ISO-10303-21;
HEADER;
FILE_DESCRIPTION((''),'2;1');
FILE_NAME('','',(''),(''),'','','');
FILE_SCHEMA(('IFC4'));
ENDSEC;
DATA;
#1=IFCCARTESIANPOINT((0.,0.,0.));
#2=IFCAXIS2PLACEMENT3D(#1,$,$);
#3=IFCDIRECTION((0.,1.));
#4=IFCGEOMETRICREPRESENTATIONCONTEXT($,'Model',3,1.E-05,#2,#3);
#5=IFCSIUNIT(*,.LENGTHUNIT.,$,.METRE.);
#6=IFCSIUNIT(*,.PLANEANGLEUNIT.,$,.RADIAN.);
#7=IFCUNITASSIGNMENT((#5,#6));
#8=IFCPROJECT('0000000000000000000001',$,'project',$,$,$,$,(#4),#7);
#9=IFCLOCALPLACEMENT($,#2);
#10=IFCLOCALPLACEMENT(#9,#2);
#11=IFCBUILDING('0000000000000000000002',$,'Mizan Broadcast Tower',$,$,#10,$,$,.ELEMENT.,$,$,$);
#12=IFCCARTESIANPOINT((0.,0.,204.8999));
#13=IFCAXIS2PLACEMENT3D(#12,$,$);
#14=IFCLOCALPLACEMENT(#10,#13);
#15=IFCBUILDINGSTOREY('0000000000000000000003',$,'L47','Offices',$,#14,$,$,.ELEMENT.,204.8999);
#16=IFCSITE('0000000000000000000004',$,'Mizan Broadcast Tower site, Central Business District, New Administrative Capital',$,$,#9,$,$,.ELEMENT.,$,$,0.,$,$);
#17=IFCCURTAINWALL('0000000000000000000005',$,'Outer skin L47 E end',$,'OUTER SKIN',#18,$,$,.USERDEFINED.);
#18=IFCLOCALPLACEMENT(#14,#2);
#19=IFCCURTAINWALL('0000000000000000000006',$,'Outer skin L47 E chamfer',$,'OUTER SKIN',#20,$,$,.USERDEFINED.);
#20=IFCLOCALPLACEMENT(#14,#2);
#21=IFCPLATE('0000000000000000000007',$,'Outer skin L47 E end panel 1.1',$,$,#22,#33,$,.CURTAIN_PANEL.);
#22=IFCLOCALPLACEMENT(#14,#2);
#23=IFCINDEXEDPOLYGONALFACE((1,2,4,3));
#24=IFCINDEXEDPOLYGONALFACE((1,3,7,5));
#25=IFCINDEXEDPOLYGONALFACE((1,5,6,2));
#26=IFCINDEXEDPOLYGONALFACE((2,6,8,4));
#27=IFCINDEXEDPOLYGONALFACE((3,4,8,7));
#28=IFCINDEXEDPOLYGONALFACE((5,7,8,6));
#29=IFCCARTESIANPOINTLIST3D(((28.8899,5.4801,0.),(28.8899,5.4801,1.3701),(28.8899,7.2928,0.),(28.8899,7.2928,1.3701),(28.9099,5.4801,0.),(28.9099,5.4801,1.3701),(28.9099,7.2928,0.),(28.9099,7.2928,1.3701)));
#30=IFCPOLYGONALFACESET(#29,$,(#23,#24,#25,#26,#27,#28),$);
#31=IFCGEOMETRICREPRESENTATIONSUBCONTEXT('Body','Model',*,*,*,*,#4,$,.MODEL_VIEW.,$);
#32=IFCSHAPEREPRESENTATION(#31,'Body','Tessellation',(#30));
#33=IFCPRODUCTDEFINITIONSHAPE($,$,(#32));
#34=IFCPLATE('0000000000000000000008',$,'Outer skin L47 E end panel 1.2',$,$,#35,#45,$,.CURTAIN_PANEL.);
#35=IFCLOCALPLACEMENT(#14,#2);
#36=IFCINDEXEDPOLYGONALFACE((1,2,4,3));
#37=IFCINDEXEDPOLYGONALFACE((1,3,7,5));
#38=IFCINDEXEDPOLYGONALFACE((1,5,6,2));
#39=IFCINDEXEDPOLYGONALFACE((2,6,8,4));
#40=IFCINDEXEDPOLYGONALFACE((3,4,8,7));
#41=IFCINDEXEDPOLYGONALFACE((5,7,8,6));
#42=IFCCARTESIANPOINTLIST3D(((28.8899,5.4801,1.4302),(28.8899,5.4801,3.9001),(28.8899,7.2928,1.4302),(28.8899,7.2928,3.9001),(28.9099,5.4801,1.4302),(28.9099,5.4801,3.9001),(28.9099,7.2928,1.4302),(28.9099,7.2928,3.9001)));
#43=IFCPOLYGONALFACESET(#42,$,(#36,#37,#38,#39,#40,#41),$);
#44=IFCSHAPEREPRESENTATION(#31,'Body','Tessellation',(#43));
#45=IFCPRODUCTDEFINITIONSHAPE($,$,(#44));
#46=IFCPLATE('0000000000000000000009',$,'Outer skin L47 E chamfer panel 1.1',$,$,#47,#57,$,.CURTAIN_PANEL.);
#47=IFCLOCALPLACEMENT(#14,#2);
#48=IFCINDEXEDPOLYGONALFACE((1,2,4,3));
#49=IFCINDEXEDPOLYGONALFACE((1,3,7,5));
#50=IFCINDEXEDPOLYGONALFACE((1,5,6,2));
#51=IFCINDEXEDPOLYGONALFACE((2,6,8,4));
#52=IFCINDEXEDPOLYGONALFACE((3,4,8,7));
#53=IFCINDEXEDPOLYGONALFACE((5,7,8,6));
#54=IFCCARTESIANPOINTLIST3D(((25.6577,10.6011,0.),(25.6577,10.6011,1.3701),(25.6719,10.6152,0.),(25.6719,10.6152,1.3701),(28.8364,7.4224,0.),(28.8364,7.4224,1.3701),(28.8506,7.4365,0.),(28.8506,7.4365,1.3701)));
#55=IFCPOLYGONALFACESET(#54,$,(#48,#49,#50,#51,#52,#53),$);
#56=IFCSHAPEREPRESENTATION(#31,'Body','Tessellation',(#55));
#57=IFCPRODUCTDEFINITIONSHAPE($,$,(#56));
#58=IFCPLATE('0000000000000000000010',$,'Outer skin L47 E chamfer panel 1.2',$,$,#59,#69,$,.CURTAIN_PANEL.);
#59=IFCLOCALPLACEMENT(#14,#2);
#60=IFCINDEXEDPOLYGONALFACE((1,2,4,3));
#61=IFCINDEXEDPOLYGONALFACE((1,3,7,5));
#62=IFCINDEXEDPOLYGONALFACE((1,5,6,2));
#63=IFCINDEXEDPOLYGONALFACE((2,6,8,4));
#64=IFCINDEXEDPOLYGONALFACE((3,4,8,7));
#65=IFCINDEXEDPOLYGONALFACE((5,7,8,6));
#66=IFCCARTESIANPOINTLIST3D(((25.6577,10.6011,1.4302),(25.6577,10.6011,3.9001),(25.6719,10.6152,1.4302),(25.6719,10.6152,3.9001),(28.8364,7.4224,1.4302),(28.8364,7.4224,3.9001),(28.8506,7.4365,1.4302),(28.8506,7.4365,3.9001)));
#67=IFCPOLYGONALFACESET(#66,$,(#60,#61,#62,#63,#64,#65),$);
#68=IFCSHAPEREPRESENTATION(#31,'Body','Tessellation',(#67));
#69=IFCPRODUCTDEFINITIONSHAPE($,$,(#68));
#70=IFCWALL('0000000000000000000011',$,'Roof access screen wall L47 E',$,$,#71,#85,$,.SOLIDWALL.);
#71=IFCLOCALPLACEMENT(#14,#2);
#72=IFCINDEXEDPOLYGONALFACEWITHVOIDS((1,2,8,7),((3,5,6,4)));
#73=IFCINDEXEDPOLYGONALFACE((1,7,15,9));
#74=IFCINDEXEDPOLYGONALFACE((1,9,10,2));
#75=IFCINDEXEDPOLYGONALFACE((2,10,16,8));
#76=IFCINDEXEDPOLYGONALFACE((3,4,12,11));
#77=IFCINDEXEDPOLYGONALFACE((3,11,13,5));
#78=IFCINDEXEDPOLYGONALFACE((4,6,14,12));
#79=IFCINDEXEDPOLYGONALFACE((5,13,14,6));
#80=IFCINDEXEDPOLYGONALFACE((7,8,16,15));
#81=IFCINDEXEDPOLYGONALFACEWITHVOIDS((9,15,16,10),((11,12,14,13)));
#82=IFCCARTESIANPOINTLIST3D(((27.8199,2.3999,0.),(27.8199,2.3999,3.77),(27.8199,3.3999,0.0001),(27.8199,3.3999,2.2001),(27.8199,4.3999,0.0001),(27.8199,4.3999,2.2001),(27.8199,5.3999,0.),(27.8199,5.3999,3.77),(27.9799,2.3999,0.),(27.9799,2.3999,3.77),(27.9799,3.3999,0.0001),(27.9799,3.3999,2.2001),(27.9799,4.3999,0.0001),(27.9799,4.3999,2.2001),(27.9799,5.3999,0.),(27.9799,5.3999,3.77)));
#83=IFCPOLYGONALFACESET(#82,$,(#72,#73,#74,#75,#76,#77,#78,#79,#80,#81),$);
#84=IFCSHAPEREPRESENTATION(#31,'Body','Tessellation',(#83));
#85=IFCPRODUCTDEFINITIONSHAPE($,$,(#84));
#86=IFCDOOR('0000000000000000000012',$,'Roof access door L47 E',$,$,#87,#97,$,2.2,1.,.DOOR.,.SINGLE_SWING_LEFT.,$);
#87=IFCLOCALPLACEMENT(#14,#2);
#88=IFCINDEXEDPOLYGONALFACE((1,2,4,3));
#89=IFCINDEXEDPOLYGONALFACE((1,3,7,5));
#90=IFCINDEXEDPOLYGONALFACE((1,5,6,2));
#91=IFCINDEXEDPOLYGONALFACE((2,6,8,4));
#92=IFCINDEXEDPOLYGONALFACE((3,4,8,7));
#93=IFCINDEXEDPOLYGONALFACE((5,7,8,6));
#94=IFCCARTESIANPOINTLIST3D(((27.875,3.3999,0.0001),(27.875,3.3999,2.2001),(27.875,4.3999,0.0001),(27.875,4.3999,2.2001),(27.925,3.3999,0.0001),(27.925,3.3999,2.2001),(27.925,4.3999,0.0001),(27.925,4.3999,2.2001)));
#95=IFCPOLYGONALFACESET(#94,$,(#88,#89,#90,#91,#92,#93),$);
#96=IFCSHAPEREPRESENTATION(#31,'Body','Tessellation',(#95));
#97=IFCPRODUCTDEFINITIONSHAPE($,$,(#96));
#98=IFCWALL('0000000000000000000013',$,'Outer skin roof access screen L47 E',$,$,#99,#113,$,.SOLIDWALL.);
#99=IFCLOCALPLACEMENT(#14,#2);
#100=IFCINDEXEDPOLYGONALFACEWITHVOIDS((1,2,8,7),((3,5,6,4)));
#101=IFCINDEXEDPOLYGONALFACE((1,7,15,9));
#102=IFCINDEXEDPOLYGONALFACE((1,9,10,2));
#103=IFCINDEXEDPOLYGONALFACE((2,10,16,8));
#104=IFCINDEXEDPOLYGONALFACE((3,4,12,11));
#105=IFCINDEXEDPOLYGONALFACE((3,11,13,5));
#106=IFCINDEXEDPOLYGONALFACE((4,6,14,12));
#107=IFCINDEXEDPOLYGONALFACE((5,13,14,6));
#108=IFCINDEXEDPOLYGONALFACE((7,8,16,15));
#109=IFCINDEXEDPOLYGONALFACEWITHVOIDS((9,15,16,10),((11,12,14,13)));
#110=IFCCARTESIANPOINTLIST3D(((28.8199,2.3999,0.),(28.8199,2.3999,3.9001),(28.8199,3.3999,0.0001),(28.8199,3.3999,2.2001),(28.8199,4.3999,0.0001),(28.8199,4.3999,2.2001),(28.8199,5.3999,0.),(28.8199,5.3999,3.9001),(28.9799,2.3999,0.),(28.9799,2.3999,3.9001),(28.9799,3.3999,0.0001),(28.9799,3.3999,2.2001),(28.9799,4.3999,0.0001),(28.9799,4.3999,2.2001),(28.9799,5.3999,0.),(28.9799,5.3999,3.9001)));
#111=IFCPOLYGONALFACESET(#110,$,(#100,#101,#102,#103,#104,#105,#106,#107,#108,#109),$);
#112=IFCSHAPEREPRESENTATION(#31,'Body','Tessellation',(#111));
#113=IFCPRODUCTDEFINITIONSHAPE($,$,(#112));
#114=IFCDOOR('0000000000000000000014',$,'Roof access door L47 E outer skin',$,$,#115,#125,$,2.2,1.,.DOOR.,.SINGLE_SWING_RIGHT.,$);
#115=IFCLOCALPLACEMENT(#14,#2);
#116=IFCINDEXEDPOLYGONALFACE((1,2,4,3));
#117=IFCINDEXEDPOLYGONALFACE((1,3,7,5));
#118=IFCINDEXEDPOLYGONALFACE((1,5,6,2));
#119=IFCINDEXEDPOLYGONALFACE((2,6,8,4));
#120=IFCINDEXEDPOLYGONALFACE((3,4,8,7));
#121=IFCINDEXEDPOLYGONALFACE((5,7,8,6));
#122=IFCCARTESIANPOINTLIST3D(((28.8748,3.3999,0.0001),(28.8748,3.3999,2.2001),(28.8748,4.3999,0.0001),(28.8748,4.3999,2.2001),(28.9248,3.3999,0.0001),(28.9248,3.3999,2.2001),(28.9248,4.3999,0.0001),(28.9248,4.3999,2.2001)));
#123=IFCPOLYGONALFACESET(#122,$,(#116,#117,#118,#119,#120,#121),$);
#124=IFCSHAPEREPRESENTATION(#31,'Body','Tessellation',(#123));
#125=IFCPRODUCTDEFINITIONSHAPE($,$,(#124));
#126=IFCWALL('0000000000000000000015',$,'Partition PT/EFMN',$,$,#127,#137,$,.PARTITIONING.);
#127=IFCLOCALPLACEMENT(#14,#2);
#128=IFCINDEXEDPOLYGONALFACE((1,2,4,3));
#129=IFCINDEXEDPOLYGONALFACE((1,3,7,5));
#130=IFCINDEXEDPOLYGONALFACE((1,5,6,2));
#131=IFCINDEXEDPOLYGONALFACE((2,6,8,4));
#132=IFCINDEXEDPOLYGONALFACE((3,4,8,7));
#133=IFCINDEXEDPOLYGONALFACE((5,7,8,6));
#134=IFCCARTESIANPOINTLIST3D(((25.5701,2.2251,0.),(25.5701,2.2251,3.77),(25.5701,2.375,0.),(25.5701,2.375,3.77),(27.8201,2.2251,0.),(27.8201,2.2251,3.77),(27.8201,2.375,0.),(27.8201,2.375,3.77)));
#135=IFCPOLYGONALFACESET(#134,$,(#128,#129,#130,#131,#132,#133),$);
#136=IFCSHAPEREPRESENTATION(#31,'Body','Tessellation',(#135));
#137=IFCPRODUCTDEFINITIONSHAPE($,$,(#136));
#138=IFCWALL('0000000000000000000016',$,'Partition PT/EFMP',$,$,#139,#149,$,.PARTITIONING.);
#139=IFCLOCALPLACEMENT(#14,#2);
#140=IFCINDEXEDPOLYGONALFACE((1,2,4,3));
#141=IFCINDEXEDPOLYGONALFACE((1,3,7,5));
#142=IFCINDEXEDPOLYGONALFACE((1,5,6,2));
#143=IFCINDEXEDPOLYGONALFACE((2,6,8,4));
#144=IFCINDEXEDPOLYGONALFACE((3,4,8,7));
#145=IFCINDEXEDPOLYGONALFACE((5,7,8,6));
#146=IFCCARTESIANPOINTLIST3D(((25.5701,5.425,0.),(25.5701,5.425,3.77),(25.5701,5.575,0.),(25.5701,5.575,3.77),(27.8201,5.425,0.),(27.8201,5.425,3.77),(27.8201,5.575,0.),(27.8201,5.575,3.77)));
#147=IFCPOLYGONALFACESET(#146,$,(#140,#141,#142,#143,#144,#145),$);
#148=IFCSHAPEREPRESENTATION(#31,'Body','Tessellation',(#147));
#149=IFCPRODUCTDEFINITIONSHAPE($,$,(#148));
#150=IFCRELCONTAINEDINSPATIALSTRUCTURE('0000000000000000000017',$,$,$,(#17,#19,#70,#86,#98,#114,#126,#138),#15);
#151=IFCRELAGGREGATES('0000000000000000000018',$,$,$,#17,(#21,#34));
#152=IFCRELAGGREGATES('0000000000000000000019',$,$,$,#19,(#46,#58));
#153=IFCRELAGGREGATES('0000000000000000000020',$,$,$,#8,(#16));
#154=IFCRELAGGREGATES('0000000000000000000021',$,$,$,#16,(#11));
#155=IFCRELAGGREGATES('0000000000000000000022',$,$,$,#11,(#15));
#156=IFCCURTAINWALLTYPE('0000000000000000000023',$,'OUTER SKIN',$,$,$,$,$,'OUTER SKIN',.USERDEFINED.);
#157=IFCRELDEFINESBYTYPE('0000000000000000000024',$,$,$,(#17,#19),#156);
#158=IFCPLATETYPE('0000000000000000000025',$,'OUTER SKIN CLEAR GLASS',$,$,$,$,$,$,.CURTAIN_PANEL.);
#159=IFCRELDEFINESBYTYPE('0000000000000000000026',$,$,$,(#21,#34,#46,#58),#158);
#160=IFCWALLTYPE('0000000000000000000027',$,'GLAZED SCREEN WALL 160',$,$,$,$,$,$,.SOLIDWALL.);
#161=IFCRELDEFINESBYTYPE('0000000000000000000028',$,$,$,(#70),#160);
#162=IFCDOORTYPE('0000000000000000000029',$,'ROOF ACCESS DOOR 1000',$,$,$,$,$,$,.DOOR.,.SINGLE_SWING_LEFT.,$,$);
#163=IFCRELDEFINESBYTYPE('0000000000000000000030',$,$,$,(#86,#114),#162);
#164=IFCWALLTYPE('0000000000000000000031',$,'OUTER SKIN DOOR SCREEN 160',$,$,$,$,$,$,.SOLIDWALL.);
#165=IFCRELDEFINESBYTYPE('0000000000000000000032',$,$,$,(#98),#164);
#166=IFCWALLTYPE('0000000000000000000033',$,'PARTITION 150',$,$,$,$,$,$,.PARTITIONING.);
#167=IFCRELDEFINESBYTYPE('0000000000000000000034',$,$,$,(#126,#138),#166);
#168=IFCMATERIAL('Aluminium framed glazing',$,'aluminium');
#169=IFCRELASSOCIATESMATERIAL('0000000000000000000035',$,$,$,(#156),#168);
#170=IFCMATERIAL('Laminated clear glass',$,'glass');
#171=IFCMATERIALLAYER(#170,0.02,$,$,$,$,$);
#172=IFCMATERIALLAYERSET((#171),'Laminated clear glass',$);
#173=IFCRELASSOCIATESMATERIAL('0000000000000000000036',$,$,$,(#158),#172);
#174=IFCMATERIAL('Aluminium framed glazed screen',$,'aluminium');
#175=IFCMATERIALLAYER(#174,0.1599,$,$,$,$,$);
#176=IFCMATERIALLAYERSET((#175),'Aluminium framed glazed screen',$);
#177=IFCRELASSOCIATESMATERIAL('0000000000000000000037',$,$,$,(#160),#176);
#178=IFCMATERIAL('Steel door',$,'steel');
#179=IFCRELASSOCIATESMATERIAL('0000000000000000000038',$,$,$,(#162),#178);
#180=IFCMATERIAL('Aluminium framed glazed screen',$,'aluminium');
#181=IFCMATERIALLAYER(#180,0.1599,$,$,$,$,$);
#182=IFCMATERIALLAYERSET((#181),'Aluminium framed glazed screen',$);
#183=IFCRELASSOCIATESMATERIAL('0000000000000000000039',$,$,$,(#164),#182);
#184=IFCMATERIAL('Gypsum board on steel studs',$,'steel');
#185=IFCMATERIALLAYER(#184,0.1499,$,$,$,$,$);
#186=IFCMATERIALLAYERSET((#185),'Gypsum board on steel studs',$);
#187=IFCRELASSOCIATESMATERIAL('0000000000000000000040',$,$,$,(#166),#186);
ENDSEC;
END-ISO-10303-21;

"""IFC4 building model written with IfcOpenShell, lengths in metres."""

from ifc_helpers import new_model, si_unit, direction, frame, frame_2d, origin, origin_2d, place, context, subcontext, project, spatial, rectangle, extrude, material, layer, layer_set, type_object, element, fill, aggregate, save


model = new_model("IFC4")

# Units and contexts
model_context = context("Model", 3, precision=1e-05, world=origin(), true_north=direction((0.0, 1.0)))
body_context = subcontext(model_context, "Body", "Model", "MODEL_VIEW")
ifc_project = project(units=[si_unit("LENGTHUNIT", "METRE"), si_unit("PLANEANGLEUNIT", "RADIAN")], contexts=[model_context])

# Site, building, storey
site_placement = place(None, origin())
site = spatial("IfcSite", under=ifc_project, at=site_placement, Name="Mizan Broadcast Tower site, Central Business District, New Administrative Capital", CompositionType="ELEMENT", RefElevation=0.0)
building_placement = place(site_placement, origin())
building = spatial("IfcBuilding", under=site, at=building_placement, Name="Mizan Broadcast Tower", CompositionType="ELEMENT")
storey_placement = place(building_placement, frame((0.0, 0.0, 204.8999)))
storey = spatial("IfcBuildingStorey", under=building, at=storey_placement, Name="L47", Description="Offices", CompositionType="ELEMENT", Elevation=204.8999)

# Shared definitions
ifc_material_1 = material(Name="Aluminium framed glazing", Category="aluminium")
curtain_wall_type_1 = type_object("IfcCurtainWallType", Name="OUTER SKIN", ElementType="OUTER SKIN", PredefinedType="USERDEFINED", material=ifc_material_1)

# Curtain wall
curtain_wall_1_placement = place(storey_placement, origin())
curtain_wall_1 = element("IfcCurtainWall", 1, at=curtain_wall_1_placement, inside=storey, type_object=curtain_wall_type_1, Name="Outer skin L47 E end", ObjectType="OUTER SKIN", PredefinedType="USERDEFINED")

# Curtain wall
curtain_wall_2_placement = place(storey_placement, origin())
curtain_wall_2 = element("IfcCurtainWall", 2, at=curtain_wall_2_placement, inside=storey, type_object=curtain_wall_type_1, Name="Outer skin L47 E chamfer", ObjectType="OUTER SKIN", PredefinedType="USERDEFINED")

# Plates
ifc_material_2 = material(Name="Laminated clear glass", Category="glass")
ifc_layer_1 = layer(ifc_material_2, 0.02)
ifc_layer_set_1 = layer_set([ifc_layer_1], Name="Laminated clear glass")
plate_type_1 = type_object("IfcPlateType", Name="OUTER SKIN CLEAR GLASS", PredefinedType="CURTAIN_PANEL", material=ifc_layer_set_1)
plate_1_placement = place(storey_placement, frame((28.8999, 6.3865, 0.0), z_axis=(0.0, 0.0, 1.0), x_axis=(0.0, 1.0, 0.0)))
plate_1 = element("IfcPlate", 3, at=plate_1_placement, type_object=plate_type_1, Name="Outer skin L47 E end panel 1.1", PredefinedType="CURTAIN_PANEL", context=body_context, shape_type="SweptSolid", body=[
    extrude(rectangle(XDim=1.8127, YDim=0.02, at=origin_2d()), origin(), (0.0, 0.0, 1.0), 1.3701),
])
plate_2_placement = place(storey_placement, frame((28.8999, 6.3865, 1.4302), z_axis=(0.0, 0.0, 1.0), x_axis=(0.0, 1.0, 0.0)))
plate_2 = element("IfcPlate", 4, at=plate_2_placement, type_object=plate_type_1, Name="Outer skin L47 E end panel 1.2", PredefinedType="CURTAIN_PANEL", context=body_context, shape_type="SweptSolid", body=[
    extrude(rectangle(XDim=1.8127, YDim=0.02, at=origin_2d()), origin(), (0.0, 0.0, 1.0), 2.47),
])
aggregate(curtain_wall_1, [plate_1, plate_2])
plate_3_placement = place(storey_placement, frame((27.2542, 9.0188, 0.0), z_axis=(0.0, 0.0, 1.0), x_axis=(-0.707107, 0.707107, 0.0)))
plate_3 = element("IfcPlate", 5, at=plate_3_placement, type_object=plate_type_1, Name="Outer skin L47 E chamfer panel 1.1", PredefinedType="CURTAIN_PANEL", context=body_context, shape_type="SweptSolid", body=[
    extrude(rectangle(XDim=4.4954, YDim=0.02, at=origin_2d()), origin(), (0.0, 0.0, 1.0), 1.3701),
])
plate_4_placement = place(storey_placement, frame((27.2542, 9.0188, 1.4302), z_axis=(0.0, 0.0, 1.0), x_axis=(-0.707107, 0.707107, 0.0)))
plate_4 = element("IfcPlate", 6, at=plate_4_placement, type_object=plate_type_1, Name="Outer skin L47 E chamfer panel 1.2", PredefinedType="CURTAIN_PANEL", context=body_context, shape_type="SweptSolid", body=[
    extrude(rectangle(XDim=4.4954, YDim=0.02, at=origin_2d()), origin(), (0.0, 0.0, 1.0), 2.47),
])
aggregate(curtain_wall_2, [plate_3, plate_4])

# Walls, openings, doors
ifc_material_3 = material(Name="Aluminium framed glazed screen", Category="aluminium")
ifc_layer_2 = layer(ifc_material_3, 0.1599)
ifc_layer_set_2 = layer_set([ifc_layer_2], Name="Aluminium framed glazed screen")
wall_type_1 = type_object("IfcWallType", Name="GLAZED SCREEN WALL 160", PredefinedType="SOLIDWALL", material=ifc_layer_set_2)
wall_1_placement = place(storey_placement, frame((27.8999, 2.3999, 0.0), z_axis=(0.0, 0.0, 1.0), x_axis=(0.0, 1.0, 0.0)))
wall_1 = element("IfcWall", 7, at=wall_1_placement, inside=storey, type_object=wall_type_1, Name="Roof access screen wall L47 E", PredefinedType="SOLIDWALL", context=body_context, shape_type="SweptSolid", body=[
    extrude(rectangle(XDim=3.0, YDim=0.1599, at=frame_2d((1.5, 0.0))), origin(), (0.0, 0.0, 1.0), 3.77),
])
opening_1_placement = place(wall_1_placement, frame((1.0, 0.0, 0.0)))
opening_1 = element("IfcOpeningElement", 8, at=opening_1_placement, cuts=wall_1, PredefinedType="OPENING", context=body_context, shape_type="SweptSolid", body=[
    extrude(rectangle(XDim=1.0, YDim=2.2, at=frame_2d((0.5, 1.1001))), frame((0.0, 0.0898, 0.0), z_axis=(0.0, -1.0, 0.0), x_axis=(1.0, 0.0, 0.0)), (0.0, 0.0, 1.0), 0.1799),
])
ifc_material_4 = material(Name="Steel door", Category="steel")
door_type = type_object("IfcDoorType", Name="ROOF ACCESS DOOR 1000", OperationType="SINGLE_SWING_LEFT", PredefinedType="DOOR", material=ifc_material_4)
door_1_placement = place(opening_1_placement, origin())
door_1 = element("IfcDoor", 9, at=door_1_placement, inside=storey, type_object=door_type, Name="Roof access door L47 E", OperationType="SINGLE_SWING_LEFT", OverallHeight=2.2, OverallWidth=1.0, PredefinedType="DOOR", context=body_context, shape_type="SweptSolid", body=[
    extrude(rectangle(XDim=1.0, YDim=2.2, at=frame_2d((0.5, 1.1001))), frame((0.0, 0.0249, 0.0), z_axis=(0.0, -1.0, 0.0), x_axis=(1.0, 0.0, 0.0)), (0.0, 0.0, 1.0), 0.05),
])
fill(opening_1, door_1)
ifc_material_5 = material(Name="Aluminium framed glazed screen", Category="aluminium")
ifc_layer_3 = layer(ifc_material_5, 0.1599)
ifc_layer_set_3 = layer_set([ifc_layer_3], Name="Aluminium framed glazed screen")
wall_type_2 = type_object("IfcWallType", Name="OUTER SKIN DOOR SCREEN 160", PredefinedType="SOLIDWALL", material=ifc_layer_set_3)
wall_2_placement = place(storey_placement, frame((28.8999, 5.3999, 0.0), z_axis=(0.0, 0.0, 1.0), x_axis=(0.0, -1.0, 0.0)))
wall_2 = element("IfcWall", 10, at=wall_2_placement, inside=storey, type_object=wall_type_2, Name="Outer skin roof access screen L47 E", PredefinedType="SOLIDWALL", context=body_context, shape_type="SweptSolid", body=[
    extrude(rectangle(XDim=3.0, YDim=0.1599, at=frame_2d((1.5, 0.0))), origin(), (0.0, 0.0, 1.0), 3.9001),
])
opening_2_placement = place(wall_2_placement, frame((1.0, 0.0, 0.0)))
opening_2 = element("IfcOpeningElement", 11, at=opening_2_placement, cuts=wall_2, PredefinedType="OPENING", context=body_context, shape_type="SweptSolid", body=[
    extrude(rectangle(XDim=1.0, YDim=2.2, at=frame_2d((0.5, 1.1001))), frame((0.0, 0.0898, 0.0), z_axis=(0.0, -1.0, 0.0), x_axis=(1.0, 0.0, 0.0)), (0.0, 0.0, 1.0), 0.1799),
])
door_2_placement = place(opening_2_placement, origin())
door_2 = element("IfcDoor", 12, at=door_2_placement, inside=storey, type_object=door_type, Name="Roof access door L47 E outer skin", OperationType="SINGLE_SWING_RIGHT", OverallHeight=2.2, OverallWidth=1.0, PredefinedType="DOOR", context=body_context, shape_type="SweptSolid", body=[
    extrude(rectangle(XDim=1.0, YDim=2.2, at=frame_2d((0.5, 1.1001))), frame((0.0, 0.0249, 0.0), z_axis=(0.0, -1.0, 0.0), x_axis=(1.0, 0.0, 0.0)), (0.0, 0.0, 1.0), 0.05),
])
fill(opening_2, door_2)

# Walls
ifc_material_6 = material(Name="Gypsum board on steel studs", Category="steel")
ifc_layer_4 = layer(ifc_material_6, 0.1499)
ifc_layer_set_4 = layer_set([ifc_layer_4], Name="Gypsum board on steel studs")
wall_type_3 = type_object("IfcWallType", Name="PARTITION 150", PredefinedType="PARTITIONING", material=ifc_layer_set_4)
for number, where, z_axis, x_axis, name in (
    (13, (25.5701, 2.3, 0.0), (0.0, 0.0, 1.0), (1.0, 0.0, 0.0), "Partition PT/EFMN"),
    (14, (25.5701, 5.5, 0.0), (0.0, 0.0, 1.0), (1.0, 0.0, 0.0), "Partition PT/EFMP"),
):
    element("IfcWall", number, at=place(storey_placement, frame(where, z_axis=z_axis, x_axis=x_axis)), inside=storey, type_object=wall_type_3, Name=name, PredefinedType="PARTITIONING", context=body_context, shape_type="SweptSolid", body=[
        extrude(rectangle(XDim=2.25, YDim=0.1499, at=frame_2d((1.125, 0.0))), origin(), (0.0, 0.0, 1.0), 3.77),
    ])

save(model, "model.ifc")
